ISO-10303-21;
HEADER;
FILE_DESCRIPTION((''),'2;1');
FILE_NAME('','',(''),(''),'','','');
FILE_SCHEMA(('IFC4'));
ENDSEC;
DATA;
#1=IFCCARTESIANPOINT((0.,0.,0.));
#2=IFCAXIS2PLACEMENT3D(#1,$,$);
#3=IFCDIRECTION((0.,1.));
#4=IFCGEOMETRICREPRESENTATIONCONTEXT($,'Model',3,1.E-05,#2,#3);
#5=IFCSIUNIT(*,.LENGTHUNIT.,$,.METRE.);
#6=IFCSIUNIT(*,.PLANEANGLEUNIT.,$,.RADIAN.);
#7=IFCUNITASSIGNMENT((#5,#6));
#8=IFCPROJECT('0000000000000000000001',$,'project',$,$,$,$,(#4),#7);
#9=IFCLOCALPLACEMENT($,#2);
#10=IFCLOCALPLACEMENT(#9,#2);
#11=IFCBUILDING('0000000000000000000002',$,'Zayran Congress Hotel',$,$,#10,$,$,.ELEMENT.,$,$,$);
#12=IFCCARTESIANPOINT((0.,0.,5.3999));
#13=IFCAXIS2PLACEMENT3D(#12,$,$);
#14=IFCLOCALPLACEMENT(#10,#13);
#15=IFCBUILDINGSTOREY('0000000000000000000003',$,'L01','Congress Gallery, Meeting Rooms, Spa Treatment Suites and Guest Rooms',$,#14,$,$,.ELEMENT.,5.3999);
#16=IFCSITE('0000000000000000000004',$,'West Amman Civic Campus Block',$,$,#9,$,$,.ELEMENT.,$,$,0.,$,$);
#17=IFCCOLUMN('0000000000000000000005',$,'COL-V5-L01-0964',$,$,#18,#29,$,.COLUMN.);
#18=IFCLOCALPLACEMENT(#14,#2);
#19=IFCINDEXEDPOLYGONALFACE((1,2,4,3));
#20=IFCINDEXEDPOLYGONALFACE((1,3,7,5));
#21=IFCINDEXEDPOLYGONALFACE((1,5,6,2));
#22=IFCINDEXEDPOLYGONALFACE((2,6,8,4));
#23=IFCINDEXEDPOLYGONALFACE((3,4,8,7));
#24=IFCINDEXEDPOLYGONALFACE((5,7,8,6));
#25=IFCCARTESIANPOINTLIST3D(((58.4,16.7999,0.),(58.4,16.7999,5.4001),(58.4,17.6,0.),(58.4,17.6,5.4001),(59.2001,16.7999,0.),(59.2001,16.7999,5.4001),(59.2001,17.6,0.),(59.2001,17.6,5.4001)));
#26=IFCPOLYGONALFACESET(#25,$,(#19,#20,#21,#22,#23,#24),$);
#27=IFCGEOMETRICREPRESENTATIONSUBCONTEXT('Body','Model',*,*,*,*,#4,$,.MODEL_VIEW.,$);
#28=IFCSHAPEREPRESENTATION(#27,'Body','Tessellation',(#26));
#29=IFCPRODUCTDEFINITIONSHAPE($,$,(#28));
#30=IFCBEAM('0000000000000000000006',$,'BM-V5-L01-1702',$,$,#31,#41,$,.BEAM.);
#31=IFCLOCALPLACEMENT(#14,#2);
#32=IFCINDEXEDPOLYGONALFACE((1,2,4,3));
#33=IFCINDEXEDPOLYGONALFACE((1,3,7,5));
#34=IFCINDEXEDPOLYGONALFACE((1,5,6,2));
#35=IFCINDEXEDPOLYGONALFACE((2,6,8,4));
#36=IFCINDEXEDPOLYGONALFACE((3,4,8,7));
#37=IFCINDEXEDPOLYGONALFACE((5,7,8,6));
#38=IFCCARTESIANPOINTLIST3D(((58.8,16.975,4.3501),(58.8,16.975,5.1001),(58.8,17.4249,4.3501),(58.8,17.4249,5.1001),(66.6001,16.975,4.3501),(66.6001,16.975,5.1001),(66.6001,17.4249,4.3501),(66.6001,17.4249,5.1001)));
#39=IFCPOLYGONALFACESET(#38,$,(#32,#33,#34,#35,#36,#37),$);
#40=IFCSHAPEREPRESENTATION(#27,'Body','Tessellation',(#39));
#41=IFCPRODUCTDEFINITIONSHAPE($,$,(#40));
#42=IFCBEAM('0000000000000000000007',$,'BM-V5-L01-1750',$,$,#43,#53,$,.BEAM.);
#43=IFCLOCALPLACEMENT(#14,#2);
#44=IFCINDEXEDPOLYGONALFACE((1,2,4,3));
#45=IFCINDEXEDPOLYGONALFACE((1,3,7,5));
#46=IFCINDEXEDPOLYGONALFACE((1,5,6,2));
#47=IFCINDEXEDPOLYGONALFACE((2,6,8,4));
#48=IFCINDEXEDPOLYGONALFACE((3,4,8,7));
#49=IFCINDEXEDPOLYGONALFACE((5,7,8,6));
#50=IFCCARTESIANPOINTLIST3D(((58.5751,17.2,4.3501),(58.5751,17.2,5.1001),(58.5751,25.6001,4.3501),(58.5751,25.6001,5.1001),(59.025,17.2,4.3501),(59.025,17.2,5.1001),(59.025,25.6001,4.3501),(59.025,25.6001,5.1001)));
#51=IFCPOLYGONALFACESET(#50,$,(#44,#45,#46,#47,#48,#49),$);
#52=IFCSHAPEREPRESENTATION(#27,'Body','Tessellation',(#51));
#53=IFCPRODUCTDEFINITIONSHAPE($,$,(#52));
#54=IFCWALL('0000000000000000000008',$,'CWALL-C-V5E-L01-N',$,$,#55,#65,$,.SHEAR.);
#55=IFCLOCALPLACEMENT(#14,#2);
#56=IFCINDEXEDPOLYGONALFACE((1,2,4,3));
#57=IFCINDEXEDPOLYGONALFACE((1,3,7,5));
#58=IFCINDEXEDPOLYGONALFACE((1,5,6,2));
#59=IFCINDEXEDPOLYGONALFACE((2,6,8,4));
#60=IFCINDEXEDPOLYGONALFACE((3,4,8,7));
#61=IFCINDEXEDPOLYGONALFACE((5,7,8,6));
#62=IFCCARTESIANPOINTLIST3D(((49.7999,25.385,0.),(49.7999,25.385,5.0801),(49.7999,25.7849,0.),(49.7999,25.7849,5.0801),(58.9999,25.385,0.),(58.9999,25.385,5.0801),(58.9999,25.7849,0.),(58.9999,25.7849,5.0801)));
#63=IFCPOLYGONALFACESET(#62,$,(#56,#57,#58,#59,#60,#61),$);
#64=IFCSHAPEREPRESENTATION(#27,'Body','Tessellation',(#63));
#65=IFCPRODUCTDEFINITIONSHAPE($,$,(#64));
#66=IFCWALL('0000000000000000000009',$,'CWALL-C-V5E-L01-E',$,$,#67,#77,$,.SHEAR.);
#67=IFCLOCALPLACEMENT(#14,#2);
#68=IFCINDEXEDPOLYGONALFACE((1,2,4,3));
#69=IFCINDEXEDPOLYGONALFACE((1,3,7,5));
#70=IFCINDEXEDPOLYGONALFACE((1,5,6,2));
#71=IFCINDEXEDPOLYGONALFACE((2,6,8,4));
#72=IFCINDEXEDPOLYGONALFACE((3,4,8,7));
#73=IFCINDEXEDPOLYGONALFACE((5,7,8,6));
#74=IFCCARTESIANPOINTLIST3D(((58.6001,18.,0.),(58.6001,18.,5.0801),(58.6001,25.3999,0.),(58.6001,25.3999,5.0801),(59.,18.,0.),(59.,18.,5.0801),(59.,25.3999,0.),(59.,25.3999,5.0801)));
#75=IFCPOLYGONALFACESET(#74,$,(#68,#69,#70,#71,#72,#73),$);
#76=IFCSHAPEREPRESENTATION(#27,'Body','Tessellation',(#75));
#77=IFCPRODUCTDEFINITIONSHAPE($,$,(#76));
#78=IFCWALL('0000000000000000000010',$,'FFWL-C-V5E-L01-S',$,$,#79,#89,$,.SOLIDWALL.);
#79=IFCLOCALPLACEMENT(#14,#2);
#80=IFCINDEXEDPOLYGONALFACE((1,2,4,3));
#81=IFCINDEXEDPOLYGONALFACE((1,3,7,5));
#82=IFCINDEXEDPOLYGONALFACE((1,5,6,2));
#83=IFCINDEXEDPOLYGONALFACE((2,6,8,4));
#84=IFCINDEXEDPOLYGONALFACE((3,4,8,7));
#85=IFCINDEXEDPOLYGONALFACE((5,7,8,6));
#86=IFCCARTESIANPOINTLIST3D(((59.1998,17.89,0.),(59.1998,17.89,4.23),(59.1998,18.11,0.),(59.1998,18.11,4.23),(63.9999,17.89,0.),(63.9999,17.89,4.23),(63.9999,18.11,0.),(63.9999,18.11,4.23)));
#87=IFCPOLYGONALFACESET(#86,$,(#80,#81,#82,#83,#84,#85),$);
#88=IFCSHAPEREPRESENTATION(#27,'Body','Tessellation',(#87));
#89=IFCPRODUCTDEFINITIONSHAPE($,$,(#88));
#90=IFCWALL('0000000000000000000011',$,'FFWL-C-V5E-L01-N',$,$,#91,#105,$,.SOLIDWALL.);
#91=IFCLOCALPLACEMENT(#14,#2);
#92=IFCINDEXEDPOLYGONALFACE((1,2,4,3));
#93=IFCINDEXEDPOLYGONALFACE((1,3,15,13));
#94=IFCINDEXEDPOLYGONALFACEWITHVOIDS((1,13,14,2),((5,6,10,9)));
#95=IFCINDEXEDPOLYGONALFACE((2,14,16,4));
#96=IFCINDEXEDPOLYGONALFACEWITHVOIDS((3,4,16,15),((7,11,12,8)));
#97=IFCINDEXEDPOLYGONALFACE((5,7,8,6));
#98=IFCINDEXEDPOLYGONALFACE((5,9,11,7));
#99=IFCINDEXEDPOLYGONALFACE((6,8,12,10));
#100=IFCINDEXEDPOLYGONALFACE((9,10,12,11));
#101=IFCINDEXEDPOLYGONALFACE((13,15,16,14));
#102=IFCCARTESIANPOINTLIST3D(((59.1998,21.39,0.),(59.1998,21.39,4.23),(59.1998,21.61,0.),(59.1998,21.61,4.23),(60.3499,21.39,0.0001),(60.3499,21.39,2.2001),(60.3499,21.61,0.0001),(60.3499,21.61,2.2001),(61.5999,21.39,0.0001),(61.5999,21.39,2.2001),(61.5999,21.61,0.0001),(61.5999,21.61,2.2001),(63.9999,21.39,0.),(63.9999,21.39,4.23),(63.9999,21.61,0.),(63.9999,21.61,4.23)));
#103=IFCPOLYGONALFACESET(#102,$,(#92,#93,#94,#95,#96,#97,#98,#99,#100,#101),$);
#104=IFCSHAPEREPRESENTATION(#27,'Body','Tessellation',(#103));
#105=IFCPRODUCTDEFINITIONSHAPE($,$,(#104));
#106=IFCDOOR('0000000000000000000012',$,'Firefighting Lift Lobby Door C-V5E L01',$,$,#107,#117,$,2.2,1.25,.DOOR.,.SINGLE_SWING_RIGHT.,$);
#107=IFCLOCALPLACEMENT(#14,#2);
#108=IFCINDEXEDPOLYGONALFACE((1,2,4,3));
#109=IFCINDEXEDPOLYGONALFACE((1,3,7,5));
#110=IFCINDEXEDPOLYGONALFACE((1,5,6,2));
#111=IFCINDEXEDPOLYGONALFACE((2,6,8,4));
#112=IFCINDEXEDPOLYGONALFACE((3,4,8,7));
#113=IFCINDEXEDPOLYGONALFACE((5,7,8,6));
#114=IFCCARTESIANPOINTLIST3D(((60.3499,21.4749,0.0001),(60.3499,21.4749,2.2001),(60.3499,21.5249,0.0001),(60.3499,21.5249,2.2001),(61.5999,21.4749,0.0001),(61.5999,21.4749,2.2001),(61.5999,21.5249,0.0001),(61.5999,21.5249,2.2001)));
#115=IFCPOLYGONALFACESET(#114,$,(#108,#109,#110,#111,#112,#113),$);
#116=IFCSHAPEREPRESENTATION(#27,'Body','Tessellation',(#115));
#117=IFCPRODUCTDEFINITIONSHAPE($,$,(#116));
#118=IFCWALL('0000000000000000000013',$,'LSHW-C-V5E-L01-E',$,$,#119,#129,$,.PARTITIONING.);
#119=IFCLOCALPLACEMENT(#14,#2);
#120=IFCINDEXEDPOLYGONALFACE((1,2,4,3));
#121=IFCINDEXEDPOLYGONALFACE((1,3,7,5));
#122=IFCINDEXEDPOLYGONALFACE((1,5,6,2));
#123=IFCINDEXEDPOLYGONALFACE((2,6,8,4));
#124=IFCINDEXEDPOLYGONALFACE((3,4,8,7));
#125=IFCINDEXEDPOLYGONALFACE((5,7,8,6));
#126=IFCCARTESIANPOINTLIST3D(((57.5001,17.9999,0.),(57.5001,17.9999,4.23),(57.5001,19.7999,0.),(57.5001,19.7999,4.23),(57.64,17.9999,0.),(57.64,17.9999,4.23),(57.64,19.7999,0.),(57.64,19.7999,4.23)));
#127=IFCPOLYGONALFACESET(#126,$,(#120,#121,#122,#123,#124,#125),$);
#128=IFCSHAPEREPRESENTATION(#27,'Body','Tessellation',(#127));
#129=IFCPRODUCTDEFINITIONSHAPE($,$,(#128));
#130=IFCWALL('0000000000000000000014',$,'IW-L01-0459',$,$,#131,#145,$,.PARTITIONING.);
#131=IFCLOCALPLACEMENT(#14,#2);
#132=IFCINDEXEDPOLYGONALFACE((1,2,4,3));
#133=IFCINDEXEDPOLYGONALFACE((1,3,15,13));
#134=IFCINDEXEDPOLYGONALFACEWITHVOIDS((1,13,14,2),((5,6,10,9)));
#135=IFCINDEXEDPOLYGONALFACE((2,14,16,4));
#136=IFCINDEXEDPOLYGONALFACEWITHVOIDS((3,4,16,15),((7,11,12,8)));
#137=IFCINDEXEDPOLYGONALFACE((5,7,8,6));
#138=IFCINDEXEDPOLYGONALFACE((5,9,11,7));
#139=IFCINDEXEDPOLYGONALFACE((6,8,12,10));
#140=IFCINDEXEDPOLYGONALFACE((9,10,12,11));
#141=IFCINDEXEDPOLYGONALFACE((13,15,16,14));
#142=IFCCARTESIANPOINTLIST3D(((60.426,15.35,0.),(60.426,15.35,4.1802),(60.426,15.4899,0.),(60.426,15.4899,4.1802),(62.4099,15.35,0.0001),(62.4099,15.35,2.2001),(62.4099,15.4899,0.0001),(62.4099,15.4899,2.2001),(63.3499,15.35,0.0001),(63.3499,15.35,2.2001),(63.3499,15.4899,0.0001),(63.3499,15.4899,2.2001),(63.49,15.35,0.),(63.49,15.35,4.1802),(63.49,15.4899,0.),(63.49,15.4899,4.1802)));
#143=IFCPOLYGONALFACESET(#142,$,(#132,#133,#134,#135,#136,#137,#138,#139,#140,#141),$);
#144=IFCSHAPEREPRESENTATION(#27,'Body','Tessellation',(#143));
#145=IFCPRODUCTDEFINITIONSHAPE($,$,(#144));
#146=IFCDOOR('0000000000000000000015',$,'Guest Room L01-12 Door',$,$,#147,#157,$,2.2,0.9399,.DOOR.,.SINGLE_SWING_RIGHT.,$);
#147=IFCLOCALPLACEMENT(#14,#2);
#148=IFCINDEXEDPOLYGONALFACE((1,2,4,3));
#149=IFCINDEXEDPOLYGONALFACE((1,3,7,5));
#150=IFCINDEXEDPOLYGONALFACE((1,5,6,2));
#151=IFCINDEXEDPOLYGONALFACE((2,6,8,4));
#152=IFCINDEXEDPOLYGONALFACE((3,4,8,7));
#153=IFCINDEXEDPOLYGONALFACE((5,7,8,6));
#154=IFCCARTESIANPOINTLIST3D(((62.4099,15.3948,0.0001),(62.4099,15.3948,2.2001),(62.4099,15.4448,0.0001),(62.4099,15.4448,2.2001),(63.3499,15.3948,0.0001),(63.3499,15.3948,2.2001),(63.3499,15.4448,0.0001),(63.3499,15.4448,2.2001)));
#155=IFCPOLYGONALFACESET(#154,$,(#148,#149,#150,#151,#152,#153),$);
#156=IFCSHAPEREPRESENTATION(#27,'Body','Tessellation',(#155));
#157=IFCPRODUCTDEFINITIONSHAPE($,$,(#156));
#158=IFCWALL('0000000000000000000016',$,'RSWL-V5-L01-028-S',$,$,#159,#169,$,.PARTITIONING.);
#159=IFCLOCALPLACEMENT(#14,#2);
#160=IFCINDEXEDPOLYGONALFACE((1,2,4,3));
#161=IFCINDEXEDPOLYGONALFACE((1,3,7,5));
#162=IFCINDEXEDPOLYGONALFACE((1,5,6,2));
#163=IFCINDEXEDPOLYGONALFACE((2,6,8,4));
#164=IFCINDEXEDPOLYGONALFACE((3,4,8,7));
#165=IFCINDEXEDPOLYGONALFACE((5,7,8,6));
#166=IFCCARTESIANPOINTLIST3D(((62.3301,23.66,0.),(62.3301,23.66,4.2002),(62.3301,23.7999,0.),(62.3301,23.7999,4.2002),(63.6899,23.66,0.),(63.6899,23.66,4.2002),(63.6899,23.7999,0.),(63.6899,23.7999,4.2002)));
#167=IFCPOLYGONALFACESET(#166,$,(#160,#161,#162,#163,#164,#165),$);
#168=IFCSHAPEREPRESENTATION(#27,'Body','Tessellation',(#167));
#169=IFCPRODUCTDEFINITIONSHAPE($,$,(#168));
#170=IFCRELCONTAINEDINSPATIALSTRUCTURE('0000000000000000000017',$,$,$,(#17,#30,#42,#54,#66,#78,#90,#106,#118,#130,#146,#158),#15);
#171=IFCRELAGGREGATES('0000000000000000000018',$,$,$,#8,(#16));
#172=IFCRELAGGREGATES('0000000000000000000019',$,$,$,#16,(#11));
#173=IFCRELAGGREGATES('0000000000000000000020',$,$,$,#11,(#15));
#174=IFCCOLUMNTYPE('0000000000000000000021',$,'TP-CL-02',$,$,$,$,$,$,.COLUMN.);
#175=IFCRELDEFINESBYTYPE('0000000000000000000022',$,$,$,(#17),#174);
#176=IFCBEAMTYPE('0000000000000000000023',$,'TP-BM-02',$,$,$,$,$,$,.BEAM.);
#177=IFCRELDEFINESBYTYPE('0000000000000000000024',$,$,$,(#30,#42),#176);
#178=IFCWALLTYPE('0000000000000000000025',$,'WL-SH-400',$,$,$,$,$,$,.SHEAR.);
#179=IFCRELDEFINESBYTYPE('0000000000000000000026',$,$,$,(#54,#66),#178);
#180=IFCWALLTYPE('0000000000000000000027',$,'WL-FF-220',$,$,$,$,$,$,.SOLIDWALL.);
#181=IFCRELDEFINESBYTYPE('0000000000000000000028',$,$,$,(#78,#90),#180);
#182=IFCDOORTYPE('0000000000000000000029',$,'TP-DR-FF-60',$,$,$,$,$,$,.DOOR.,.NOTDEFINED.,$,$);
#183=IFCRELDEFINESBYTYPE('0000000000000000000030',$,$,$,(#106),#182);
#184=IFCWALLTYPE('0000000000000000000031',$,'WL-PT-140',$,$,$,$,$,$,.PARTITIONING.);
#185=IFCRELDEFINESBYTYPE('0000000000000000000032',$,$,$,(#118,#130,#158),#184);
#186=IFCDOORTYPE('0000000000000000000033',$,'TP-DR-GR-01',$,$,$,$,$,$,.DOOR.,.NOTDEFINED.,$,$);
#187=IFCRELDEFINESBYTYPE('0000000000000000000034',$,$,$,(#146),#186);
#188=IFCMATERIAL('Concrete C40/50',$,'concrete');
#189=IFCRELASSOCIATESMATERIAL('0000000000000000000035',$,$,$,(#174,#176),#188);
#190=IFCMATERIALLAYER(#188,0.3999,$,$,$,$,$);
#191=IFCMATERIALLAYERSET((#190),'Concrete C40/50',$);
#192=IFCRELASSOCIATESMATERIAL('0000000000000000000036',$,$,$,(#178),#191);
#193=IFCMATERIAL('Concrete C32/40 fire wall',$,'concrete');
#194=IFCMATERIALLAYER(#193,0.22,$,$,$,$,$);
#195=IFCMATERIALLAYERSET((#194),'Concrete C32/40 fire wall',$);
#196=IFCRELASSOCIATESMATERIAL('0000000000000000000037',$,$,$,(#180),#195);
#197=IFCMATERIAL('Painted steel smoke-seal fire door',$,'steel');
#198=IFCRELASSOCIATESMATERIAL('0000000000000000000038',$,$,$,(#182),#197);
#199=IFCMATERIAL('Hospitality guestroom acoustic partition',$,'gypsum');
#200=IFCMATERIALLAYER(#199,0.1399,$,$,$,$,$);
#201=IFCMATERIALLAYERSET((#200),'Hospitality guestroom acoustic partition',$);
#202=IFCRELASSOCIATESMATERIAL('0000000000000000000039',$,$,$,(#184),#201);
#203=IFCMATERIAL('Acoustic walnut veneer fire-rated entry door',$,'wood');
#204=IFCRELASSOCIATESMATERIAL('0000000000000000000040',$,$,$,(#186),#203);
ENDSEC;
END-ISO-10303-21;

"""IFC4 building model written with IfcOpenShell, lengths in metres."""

from ifc_helpers import new_model, si_unit, direction, frame, frame_2d, origin, origin_2d, place, context, subcontext, project, spatial, rectangle, extrude, material, layer, layer_set, material_profile, profile_set, type_object, element, fill, save


model = new_model("IFC4")

# Units and contexts
model_context = context("Model", 3, precision=1e-05, world=origin(), true_north=direction((0.0, 1.0)))
body_context = subcontext(model_context, "Body", "Model", "MODEL_VIEW")
ifc_project = project(units=[si_unit("LENGTHUNIT", "METRE"), si_unit("PLANEANGLEUNIT", "RADIAN")], contexts=[model_context])

# Site, building, storey
site_placement = place(None, origin())
site = spatial("IfcSite", under=ifc_project, at=site_placement, Name="West Amman Civic Campus Block", CompositionType="ELEMENT", RefElevation=0.0)
building_placement = place(site_placement, origin())
building = spatial("IfcBuilding", under=site, at=building_placement, Name="Zayran Congress Hotel", CompositionType="ELEMENT")
storey_placement = place(building_placement, frame((0.0, 0.0, 5.3999)))
storey = spatial("IfcBuildingStorey", under=building, at=storey_placement, Name="L01", Description="Congress Gallery, Meeting Rooms, Spa Treatment Suites and Guest Rooms", CompositionType="ELEMENT", Elevation=5.3999)

# Column
ifc_material_1 = material(Name="Concrete C40/50", Category="concrete")
ifc_material_profile_1 = material_profile(ifc_material_1, rectangle(XDim=0.8, YDim=0.8, at=origin_2d()), Name="RC 800x800")
ifc_profile_set_1 = profile_set([ifc_material_profile_1], Name="Concrete C40/50")
column_type = type_object("IfcColumnType", Name="TP-CL-02", PredefinedType="COLUMN", material=ifc_profile_set_1)
column_placement = place(storey_placement, frame((58.8, 17.2, 0.0), z_axis=(0.0, 0.0, 1.0), x_axis=(1.0, 0.0, 0.0)))
element("IfcColumn", 1, at=column_placement, inside=storey, type_object=column_type, Name="COL-V5-L01-0964", PredefinedType="COLUMN", context=body_context, shape_type="SweptSolid", body=[
    extrude(rectangle(XDim=0.8, YDim=0.8, at=origin_2d()), origin(), (0.0, 0.0, 1.0), 5.4001),
])

# Beams
ifc_material_profile_2 = material_profile(ifc_material_1, rectangle(XDim=0.45, YDim=0.75, at=origin_2d()), Name="RC 450x750")
ifc_profile_set_2 = profile_set([ifc_material_profile_2], Name="Concrete C40/50")
beam_type = type_object("IfcBeamType", Name="TP-BM-02", PredefinedType="BEAM", material=ifc_profile_set_2)
beam_1_placement = place(storey_placement, frame((58.8, 17.2, 4.7251), z_axis=(1.0, 0.0, 0.0), x_axis=(0.0, 1.0, 0.0)))
element("IfcBeam", 2, at=beam_1_placement, inside=storey, type_object=beam_type, Name="BM-V5-L01-1702", PredefinedType="BEAM", context=body_context, shape_type="SweptSolid", body=[
    extrude(rectangle(XDim=0.45, YDim=0.75, at=origin_2d()), origin(), (0.0, 0.0, 1.0), 7.8),
])
beam_2_placement = place(storey_placement, frame((58.8, 17.2, 4.7251), z_axis=(0.0, 1.0, 0.0), x_axis=(-1.0, 0.0, 0.0)))
element("IfcBeam", 3, at=beam_2_placement, inside=storey, type_object=beam_type, Name="BM-V5-L01-1750", PredefinedType="BEAM", context=body_context, shape_type="SweptSolid", body=[
    extrude(rectangle(XDim=0.45, YDim=0.75, at=origin_2d()), origin(), (0.0, 0.0, 1.0), 8.4001),
])

# Walls
ifc_layer_1 = layer(ifc_material_1, 0.3999)
ifc_layer_set_1 = layer_set([ifc_layer_1], Name="Concrete C40/50")
wall_type_1 = type_object("IfcWallType", Name="WL-SH-400", PredefinedType="SHEAR", material=ifc_layer_set_1)
wall_1_placement = place(storey_placement, frame((59.0, 25.585, 0.0), z_axis=(0.0, 0.0, 1.0), x_axis=(-1.0, 0.0, 0.0)))
element("IfcWall", 4, at=wall_1_placement, inside=storey, type_object=wall_type_1, Name="CWALL-C-V5E-L01-N", PredefinedType="SHEAR", context=body_context, shape_type="SweptSolid", body=[
    extrude(rectangle(XDim=9.2, YDim=0.3999, at=frame_2d((4.6001, 0.0))), origin(), (0.0, 0.0, 1.0), 5.0801),
])
wall_2_placement = place(storey_placement, frame((58.8, 18.0, 0.0), z_axis=(0.0, 0.0, 1.0), x_axis=(0.0, 1.0, 0.0)))
element("IfcWall", 5, at=wall_2_placement, inside=storey, type_object=wall_type_1, Name="CWALL-C-V5E-L01-E", PredefinedType="SHEAR", context=body_context, shape_type="SweptSolid", body=[
    extrude(rectangle(XDim=7.3999, YDim=0.3999, at=frame_2d((3.7, 0.0))), origin(), (0.0, 0.0, 1.0), 5.0801),
])
ifc_material_2 = material(Name="Concrete C32/40 fire wall", Category="concrete")
ifc_layer_2 = layer(ifc_material_2, 0.22)
ifc_layer_set_2 = layer_set([ifc_layer_2], Name="Concrete C32/40 fire wall")
wall_type_2 = type_object("IfcWallType", Name="WL-FF-220", PredefinedType="SOLIDWALL", material=ifc_layer_set_2)
wall_3_placement = place(storey_placement, frame((59.2, 18.0, 0.0), z_axis=(0.0, 0.0, 1.0), x_axis=(1.0, 0.0, 0.0)))
element("IfcWall", 6, at=wall_3_placement, inside=storey, type_object=wall_type_2, Name="FFWL-C-V5E-L01-S", PredefinedType="SOLIDWALL", context=body_context, shape_type="SweptSolid", body=[
    extrude(rectangle(XDim=4.8, YDim=0.22, at=frame_2d((2.3999, 0.0))), origin(), (0.0, 0.0, 1.0), 4.23),
])

# Wall, opening, door
wall_4_placement = place(storey_placement, frame((59.2, 21.5, 0.0), z_axis=(0.0, 0.0, 1.0), x_axis=(1.0, 0.0, 0.0)))
wall_4 = element("IfcWall", 7, at=wall_4_placement, inside=storey, type_object=wall_type_2, Name="FFWL-C-V5E-L01-N", PredefinedType="SOLIDWALL", context=body_context, shape_type="SweptSolid", body=[
    extrude(rectangle(XDim=4.8, YDim=0.22, at=frame_2d((2.3999, 0.0))), origin(), (0.0, 0.0, 1.0), 4.23),
])
opening_1_placement = place(wall_4_placement, frame((1.1499, 0.0, 0.0)))
opening_1 = element("IfcOpeningElement", 8, at=opening_1_placement, cuts=wall_4, PredefinedType="OPENING", context=body_context, shape_type="SweptSolid", body=[
    extrude(rectangle(XDim=1.25, YDim=2.2, at=frame_2d((0.625, 1.1001))), frame((0.0, 0.1199, 0.0), z_axis=(0.0, -1.0, 0.0), x_axis=(1.0, 0.0, 0.0)), (0.0, 0.0, 1.0), 0.24),
])
ifc_material_3 = material(Name="Painted steel smoke-seal fire door", Category="steel")
door_type_1 = type_object("IfcDoorType", Name="TP-DR-FF-60", OperationType="NOTDEFINED", PredefinedType="DOOR", material=ifc_material_3)
door_1_placement = place(opening_1_placement, origin())
door_1 = element("IfcDoor", 9, at=door_1_placement, inside=storey, type_object=door_type_1, Name="Firefighting Lift Lobby Door C-V5E L01", OperationType="SINGLE_SWING_RIGHT", OverallHeight=2.2, OverallWidth=1.25, PredefinedType="DOOR", context=body_context, shape_type="SweptSolid", body=[
    extrude(rectangle(XDim=1.25, YDim=2.2, at=frame_2d((0.625, 1.1001))), frame((0.0, 0.0249, 0.0), z_axis=(0.0, -1.0, 0.0), x_axis=(1.0, 0.0, 0.0)), (0.0, 0.0, 1.0), 0.05),
])
fill(opening_1, door_1)

# Wall
ifc_material_4 = material(Name="Hospitality guestroom acoustic partition", Category="gypsum")
ifc_layer_3 = layer(ifc_material_4, 0.1399)
ifc_layer_set_3 = layer_set([ifc_layer_3], Name="Hospitality guestroom acoustic partition")
wall_type_3 = type_object("IfcWallType", Name="WL-PT-140", PredefinedType="PARTITIONING", material=ifc_layer_set_3)
wall_5_placement = place(storey_placement, frame((57.5701, 18.0, 0.0), z_axis=(0.0, 0.0, 1.0), x_axis=(0.0, 1.0, 0.0)))
element("IfcWall", 10, at=wall_5_placement, inside=storey, type_object=wall_type_3, Name="LSHW-C-V5E-L01-E", PredefinedType="PARTITIONING", context=body_context, shape_type="SweptSolid", body=[
    extrude(rectangle(XDim=1.8, YDim=0.1399, at=frame_2d((0.8999, 0.0))), origin(), (0.0, 0.0, 1.0), 4.23),
])

# Wall, opening, door
wall_6_placement = place(storey_placement, frame((60.426, 15.4199, 0.0), z_axis=(0.0, 0.0, 1.0), x_axis=(1.0, 0.0, 0.0)))
wall_6 = element("IfcWall", 11, at=wall_6_placement, inside=storey, type_object=wall_type_3, Name="IW-L01-0459", PredefinedType="PARTITIONING", context=body_context, shape_type="SweptSolid", body=[
    extrude(rectangle(XDim=3.064, YDim=0.1399, at=frame_2d((1.532, 0.0))), origin(), (0.0, 0.0, 1.0), 4.1802),
])
opening_2_placement = place(wall_6_placement, frame((1.9839, 0.0, 0.0)))
opening_2 = element("IfcOpeningElement", 12, at=opening_2_placement, cuts=wall_6, PredefinedType="OPENING", context=body_context, shape_type="SweptSolid", body=[
    extrude(rectangle(XDim=0.9399, YDim=2.2, at=frame_2d((0.47, 1.1001))), frame((0.0, 0.0798, 0.0), z_axis=(0.0, -1.0, 0.0), x_axis=(1.0, 0.0, 0.0)), (0.0, 0.0, 1.0), 0.1599),
])
ifc_material_5 = material(Name="Acoustic walnut veneer fire-rated entry door", Category="wood")
door_type_2 = type_object("IfcDoorType", Name="TP-DR-GR-01", OperationType="NOTDEFINED", PredefinedType="DOOR", material=ifc_material_5)
door_2_placement = place(opening_2_placement, origin())
door_2 = element("IfcDoor", 13, at=door_2_placement, inside=storey, type_object=door_type_2, Name="Guest Room L01-12 Door", OperationType="SINGLE_SWING_RIGHT", OverallHeight=2.2, OverallWidth=0.9399, PredefinedType="DOOR", context=body_context, shape_type="SweptSolid", body=[
    extrude(rectangle(XDim=0.9399, YDim=2.2, at=frame_2d((0.47, 1.1001))), frame((0.0, 0.0249, 0.0), z_axis=(0.0, -1.0, 0.0), x_axis=(1.0, 0.0, 0.0)), (0.0, 0.0, 1.0), 0.05),
])
fill(opening_2, door_2)

# Wall
wall_7_placement = place(storey_placement, frame((62.3301, 23.73, 0.0), z_axis=(0.0, 0.0, 1.0), x_axis=(1.0, 0.0, 0.0)))
element("IfcWall", 14, at=wall_7_placement, inside=storey, type_object=wall_type_3, Name="RSWL-V5-L01-028-S", PredefinedType="PARTITIONING", context=body_context, shape_type="SweptSolid", body=[
    extrude(rectangle(XDim=1.3599, YDim=0.1399, at=frame_2d((0.6799, 0.0))), origin(), (0.0, 0.0, 1.0), 4.2002),
])

save(model, "model.ifc")
